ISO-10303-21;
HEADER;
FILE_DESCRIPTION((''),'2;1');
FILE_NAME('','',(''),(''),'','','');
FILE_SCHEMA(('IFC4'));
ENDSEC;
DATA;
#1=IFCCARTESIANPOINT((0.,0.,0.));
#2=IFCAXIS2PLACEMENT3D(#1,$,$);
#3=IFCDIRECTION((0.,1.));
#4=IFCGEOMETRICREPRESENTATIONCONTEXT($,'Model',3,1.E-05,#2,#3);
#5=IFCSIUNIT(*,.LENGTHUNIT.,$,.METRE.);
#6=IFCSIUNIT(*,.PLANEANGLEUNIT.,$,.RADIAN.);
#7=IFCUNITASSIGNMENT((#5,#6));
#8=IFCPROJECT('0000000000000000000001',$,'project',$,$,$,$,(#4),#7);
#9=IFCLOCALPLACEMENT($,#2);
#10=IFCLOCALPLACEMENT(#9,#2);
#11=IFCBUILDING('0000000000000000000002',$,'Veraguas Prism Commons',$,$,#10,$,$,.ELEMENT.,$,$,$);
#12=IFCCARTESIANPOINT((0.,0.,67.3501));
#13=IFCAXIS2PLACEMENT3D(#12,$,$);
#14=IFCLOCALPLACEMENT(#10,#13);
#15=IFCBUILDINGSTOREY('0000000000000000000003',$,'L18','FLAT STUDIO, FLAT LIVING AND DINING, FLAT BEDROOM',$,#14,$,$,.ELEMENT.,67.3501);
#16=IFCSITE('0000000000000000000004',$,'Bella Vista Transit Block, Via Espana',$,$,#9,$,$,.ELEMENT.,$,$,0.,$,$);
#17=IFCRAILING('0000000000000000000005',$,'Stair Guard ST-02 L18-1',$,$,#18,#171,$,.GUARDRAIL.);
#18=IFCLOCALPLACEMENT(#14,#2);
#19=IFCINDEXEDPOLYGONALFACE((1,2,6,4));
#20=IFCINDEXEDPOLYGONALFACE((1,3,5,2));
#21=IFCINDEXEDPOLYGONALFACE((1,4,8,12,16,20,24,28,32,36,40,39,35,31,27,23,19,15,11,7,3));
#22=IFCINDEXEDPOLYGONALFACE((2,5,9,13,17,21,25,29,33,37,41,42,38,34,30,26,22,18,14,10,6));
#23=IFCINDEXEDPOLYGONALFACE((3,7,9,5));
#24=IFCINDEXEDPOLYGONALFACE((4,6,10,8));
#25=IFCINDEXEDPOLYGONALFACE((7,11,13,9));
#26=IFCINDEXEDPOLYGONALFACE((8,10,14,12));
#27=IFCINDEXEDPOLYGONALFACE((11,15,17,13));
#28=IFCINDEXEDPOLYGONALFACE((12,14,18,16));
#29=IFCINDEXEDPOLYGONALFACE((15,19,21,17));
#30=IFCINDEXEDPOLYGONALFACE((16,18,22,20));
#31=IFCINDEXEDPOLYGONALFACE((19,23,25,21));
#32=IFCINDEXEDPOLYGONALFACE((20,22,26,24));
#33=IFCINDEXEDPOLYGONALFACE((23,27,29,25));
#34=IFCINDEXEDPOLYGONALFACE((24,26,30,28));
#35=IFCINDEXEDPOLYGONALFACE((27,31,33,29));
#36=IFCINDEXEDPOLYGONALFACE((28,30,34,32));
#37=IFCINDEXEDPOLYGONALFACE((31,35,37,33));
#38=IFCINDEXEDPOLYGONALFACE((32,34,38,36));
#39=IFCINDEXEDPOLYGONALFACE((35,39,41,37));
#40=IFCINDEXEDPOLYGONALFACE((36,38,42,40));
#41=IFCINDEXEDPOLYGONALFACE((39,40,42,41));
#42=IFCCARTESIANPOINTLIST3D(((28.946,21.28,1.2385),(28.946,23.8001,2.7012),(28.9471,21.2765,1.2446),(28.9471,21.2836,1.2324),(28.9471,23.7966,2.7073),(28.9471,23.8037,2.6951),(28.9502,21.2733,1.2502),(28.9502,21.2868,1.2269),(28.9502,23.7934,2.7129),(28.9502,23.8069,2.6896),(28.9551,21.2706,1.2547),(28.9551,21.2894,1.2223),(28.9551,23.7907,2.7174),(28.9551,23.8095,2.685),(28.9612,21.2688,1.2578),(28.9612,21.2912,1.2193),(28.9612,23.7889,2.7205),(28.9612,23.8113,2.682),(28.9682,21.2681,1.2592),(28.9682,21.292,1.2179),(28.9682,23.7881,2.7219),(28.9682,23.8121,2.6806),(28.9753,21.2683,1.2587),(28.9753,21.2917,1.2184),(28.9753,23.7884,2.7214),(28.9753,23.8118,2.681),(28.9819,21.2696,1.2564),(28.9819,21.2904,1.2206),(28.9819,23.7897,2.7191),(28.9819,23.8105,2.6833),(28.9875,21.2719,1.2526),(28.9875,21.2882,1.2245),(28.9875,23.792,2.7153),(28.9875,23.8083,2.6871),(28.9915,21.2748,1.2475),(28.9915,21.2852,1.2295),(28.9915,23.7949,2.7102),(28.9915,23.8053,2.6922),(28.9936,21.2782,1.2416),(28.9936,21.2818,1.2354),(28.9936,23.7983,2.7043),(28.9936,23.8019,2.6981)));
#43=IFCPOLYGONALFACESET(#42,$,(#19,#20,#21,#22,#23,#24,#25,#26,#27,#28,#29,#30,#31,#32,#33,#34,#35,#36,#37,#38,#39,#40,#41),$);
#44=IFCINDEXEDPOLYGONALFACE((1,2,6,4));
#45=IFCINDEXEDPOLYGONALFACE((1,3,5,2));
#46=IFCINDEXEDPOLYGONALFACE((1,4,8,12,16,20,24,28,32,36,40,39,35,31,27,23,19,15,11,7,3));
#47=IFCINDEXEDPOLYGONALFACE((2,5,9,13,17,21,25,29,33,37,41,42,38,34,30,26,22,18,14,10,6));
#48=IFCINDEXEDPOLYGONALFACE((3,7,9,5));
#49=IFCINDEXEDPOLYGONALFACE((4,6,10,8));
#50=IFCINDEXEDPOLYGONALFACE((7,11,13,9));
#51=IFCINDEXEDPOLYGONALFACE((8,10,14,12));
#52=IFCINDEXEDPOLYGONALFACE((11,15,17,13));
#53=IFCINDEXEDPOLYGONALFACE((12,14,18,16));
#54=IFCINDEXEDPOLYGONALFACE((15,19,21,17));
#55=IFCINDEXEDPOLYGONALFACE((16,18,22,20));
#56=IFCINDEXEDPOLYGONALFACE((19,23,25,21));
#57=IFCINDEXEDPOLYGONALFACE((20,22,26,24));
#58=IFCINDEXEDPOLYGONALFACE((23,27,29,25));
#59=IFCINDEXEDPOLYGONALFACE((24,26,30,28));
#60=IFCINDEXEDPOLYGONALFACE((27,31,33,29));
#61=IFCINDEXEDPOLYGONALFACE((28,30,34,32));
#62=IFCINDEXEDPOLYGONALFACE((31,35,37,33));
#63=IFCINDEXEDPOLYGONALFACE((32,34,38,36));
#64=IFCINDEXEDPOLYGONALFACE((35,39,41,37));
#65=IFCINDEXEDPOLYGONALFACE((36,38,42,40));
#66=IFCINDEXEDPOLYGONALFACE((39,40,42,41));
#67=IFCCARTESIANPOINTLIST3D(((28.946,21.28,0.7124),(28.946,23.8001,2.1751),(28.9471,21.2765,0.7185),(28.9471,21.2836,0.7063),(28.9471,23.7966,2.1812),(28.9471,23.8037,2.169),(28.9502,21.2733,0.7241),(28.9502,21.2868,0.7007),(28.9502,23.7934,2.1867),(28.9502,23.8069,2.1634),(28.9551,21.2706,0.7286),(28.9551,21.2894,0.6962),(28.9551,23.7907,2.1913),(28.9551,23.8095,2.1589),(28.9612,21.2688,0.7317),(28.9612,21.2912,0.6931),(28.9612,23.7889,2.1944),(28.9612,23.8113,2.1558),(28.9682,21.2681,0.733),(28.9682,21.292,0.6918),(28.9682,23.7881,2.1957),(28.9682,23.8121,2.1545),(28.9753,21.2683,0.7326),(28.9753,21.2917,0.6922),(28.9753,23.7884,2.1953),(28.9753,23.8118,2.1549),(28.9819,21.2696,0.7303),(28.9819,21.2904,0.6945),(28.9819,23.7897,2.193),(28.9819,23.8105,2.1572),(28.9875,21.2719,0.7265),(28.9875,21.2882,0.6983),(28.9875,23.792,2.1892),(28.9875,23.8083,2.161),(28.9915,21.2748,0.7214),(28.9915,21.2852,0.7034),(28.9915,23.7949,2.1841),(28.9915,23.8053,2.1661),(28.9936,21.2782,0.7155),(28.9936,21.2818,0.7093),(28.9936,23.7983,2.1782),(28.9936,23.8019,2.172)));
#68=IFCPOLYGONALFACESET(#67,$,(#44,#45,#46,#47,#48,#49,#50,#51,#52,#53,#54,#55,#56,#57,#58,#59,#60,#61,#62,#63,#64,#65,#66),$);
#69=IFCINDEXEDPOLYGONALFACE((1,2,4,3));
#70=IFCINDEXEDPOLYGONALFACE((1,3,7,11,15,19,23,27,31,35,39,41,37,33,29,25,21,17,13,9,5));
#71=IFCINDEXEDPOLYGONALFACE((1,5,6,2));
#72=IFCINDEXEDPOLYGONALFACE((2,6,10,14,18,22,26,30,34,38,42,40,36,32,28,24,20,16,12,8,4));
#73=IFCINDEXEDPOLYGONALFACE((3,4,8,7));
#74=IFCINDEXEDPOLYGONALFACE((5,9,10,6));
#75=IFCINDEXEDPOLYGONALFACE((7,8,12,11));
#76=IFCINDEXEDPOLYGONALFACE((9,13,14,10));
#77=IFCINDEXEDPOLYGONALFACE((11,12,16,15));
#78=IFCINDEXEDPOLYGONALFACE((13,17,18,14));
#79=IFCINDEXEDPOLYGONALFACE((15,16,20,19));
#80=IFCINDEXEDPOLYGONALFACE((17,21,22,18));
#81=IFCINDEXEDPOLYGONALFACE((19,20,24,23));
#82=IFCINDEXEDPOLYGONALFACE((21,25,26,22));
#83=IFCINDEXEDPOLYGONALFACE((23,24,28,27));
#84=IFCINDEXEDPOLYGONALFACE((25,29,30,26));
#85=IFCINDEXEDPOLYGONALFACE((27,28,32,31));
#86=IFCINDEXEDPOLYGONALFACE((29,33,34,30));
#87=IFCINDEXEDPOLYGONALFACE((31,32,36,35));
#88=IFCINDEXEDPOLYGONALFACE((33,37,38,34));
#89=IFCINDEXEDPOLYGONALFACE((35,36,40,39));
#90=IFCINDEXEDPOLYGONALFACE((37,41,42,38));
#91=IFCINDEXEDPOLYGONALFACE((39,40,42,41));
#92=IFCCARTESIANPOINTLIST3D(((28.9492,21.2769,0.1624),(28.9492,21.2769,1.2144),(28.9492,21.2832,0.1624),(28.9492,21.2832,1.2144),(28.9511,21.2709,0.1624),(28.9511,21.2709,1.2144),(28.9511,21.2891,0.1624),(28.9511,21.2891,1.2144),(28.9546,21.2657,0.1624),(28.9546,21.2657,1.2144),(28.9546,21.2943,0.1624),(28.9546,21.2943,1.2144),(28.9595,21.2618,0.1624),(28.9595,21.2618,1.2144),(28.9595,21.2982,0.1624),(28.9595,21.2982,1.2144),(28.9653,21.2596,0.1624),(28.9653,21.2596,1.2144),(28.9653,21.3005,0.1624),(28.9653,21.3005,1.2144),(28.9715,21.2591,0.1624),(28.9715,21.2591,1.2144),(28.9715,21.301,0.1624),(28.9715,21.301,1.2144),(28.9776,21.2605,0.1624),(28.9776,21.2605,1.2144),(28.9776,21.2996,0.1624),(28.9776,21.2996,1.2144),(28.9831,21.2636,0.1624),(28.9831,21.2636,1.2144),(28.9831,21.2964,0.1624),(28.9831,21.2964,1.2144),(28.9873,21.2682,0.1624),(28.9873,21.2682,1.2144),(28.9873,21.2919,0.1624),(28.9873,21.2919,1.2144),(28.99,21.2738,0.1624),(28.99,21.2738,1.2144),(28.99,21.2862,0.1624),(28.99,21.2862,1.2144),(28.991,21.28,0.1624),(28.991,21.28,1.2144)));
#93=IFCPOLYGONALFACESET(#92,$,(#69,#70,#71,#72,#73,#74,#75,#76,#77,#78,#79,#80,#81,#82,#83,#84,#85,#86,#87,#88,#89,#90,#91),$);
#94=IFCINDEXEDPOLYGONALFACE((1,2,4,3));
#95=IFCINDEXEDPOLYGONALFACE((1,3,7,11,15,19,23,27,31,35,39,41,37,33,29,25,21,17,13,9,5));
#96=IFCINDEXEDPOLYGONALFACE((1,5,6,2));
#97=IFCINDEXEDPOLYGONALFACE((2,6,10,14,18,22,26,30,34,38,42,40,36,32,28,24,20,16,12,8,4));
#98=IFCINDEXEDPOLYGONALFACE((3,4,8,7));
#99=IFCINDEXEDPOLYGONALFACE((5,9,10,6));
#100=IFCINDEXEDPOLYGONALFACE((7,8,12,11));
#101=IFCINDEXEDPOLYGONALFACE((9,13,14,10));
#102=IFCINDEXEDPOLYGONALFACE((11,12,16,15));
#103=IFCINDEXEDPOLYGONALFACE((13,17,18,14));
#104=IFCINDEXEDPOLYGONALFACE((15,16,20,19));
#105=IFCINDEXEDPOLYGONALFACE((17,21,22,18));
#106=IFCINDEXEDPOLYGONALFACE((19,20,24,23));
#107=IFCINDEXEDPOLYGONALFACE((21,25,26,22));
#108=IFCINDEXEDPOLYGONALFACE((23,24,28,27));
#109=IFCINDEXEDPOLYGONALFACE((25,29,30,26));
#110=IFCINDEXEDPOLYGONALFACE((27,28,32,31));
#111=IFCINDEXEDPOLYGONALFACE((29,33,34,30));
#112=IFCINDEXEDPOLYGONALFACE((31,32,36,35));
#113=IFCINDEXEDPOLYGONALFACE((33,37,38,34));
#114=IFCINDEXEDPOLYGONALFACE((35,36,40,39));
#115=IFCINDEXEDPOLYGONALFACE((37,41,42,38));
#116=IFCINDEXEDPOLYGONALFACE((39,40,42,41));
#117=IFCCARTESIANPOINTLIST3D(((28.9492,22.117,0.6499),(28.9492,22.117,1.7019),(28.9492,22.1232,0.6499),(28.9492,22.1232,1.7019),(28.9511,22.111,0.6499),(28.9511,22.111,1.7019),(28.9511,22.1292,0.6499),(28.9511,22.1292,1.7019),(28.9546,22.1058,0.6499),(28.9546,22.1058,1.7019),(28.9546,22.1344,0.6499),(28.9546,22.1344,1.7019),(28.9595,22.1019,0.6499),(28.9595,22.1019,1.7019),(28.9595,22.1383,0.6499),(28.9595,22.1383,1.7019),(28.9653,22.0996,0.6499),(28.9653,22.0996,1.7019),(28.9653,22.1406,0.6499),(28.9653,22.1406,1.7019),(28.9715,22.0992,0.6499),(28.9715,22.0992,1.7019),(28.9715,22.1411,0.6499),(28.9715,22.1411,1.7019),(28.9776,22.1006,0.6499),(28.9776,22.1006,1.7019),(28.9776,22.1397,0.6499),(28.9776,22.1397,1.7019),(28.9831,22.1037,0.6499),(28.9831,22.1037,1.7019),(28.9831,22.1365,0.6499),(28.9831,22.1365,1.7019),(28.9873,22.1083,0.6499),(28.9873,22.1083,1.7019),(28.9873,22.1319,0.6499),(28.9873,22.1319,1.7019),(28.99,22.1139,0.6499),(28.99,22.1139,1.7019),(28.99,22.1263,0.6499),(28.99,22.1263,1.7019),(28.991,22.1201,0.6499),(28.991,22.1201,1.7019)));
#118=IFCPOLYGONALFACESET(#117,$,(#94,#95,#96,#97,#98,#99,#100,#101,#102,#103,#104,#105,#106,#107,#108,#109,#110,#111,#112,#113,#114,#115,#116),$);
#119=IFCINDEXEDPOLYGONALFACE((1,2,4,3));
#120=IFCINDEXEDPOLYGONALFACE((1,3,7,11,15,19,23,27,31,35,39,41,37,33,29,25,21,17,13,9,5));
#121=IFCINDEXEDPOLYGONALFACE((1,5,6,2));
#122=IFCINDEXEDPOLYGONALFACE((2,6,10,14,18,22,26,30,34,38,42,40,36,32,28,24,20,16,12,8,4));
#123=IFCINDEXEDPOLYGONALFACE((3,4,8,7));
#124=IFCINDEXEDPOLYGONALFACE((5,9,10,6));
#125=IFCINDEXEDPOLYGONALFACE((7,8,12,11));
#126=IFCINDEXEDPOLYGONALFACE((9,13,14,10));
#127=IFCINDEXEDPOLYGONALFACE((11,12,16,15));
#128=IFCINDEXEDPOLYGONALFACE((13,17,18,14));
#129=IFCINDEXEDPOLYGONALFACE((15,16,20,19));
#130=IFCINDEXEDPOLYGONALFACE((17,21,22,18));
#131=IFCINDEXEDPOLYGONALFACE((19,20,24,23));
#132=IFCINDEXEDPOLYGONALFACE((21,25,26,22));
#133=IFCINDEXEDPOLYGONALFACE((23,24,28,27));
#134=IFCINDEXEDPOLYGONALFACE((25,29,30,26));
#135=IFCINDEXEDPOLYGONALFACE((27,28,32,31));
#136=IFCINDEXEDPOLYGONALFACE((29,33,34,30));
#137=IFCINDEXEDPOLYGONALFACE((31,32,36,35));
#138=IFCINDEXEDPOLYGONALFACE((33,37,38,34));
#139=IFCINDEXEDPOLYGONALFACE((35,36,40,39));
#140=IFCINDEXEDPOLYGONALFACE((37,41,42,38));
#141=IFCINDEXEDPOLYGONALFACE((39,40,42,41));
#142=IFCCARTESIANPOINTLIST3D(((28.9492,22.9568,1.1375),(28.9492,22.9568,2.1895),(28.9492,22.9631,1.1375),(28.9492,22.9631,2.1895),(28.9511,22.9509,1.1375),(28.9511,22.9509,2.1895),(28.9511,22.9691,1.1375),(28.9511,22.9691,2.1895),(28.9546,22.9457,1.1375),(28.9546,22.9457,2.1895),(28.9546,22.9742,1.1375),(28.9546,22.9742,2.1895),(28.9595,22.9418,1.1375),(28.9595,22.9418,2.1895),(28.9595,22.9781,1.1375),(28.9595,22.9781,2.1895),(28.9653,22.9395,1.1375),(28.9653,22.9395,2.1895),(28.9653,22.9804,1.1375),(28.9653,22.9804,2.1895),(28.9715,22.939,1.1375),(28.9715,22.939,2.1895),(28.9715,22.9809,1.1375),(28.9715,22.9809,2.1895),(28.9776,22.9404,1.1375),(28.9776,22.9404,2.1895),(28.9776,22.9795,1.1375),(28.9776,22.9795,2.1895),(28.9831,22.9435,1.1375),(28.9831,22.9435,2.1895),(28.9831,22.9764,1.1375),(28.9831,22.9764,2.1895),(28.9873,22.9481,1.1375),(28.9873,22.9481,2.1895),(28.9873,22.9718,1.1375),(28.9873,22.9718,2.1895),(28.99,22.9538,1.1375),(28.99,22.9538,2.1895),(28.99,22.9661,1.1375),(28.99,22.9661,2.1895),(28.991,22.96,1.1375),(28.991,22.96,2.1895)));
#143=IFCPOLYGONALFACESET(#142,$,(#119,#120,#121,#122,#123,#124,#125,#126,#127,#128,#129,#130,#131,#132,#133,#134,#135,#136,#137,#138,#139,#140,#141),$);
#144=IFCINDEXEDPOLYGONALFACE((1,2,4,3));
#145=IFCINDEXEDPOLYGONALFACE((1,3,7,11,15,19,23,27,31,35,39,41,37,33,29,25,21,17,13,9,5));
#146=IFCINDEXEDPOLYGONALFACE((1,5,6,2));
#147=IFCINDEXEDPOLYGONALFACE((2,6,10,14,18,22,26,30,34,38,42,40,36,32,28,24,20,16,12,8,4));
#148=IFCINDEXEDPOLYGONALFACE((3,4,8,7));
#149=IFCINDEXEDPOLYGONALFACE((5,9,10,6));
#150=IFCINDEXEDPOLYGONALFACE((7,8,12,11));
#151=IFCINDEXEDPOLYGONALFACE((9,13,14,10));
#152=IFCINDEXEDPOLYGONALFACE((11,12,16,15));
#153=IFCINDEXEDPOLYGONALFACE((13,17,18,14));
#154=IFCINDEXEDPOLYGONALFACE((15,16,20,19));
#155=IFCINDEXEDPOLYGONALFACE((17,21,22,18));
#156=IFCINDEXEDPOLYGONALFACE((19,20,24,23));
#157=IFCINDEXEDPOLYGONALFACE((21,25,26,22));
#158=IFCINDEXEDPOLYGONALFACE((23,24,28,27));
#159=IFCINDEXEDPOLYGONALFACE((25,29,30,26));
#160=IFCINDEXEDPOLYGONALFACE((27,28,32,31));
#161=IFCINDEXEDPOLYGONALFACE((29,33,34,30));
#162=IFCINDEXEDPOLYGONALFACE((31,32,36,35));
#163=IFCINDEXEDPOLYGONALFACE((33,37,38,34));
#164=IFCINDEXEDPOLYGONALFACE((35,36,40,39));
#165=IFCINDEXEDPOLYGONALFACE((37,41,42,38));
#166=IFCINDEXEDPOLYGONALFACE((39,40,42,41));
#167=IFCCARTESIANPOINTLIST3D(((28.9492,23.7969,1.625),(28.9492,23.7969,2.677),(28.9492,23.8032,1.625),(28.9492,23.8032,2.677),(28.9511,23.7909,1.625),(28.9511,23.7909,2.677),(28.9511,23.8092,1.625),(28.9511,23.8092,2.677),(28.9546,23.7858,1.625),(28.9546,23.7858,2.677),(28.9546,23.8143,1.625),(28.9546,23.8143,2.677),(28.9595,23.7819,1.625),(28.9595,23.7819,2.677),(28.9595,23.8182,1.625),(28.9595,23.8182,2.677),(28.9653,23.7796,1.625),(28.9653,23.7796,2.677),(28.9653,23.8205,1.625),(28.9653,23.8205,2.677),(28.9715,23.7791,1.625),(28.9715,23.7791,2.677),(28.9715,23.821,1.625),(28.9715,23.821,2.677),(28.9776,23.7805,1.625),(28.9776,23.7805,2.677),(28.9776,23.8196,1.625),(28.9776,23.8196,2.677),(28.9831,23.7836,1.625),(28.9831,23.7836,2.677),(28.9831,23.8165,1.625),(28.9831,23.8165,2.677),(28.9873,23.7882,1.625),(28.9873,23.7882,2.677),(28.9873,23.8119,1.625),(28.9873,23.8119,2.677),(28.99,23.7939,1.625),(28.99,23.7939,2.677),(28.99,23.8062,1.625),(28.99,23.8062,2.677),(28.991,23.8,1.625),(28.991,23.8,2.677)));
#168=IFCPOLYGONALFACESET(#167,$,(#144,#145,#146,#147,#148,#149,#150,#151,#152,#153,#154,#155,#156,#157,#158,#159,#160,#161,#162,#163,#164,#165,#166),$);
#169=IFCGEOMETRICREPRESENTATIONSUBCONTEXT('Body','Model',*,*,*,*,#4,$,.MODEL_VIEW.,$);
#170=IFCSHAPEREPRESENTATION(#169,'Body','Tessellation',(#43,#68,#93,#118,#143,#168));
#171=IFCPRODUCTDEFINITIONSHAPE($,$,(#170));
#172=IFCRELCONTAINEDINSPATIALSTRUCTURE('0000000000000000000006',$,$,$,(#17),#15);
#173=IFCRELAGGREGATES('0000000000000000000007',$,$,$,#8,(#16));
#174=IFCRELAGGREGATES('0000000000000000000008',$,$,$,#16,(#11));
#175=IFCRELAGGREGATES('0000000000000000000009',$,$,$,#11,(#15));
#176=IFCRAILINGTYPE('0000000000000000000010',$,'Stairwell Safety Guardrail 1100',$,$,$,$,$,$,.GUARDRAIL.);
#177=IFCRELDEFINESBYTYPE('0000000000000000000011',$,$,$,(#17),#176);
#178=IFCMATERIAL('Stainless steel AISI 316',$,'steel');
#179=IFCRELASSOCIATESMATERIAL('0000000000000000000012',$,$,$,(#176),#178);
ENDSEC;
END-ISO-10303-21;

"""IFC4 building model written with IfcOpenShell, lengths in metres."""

from ifc_helpers import new_model, si_unit, direction, frame, origin, origin_2d, place, context, subcontext, project, spatial, circle, extrude, material, type_object, element, save


model = new_model("IFC4")

# Units and contexts
model_context = context("Model", 3, precision=1e-05, world=origin(), true_north=direction((0.0, 1.0)))
body_context = subcontext(model_context, "Body", "Model", "MODEL_VIEW")
ifc_project = project(units=[si_unit("LENGTHUNIT", "METRE"), si_unit("PLANEANGLEUNIT", "RADIAN")], contexts=[model_context])

# Site, building, storey
site_placement = place(None, origin())
site = spatial("IfcSite", under=ifc_project, at=site_placement, Name="Bella Vista Transit Block, Via Espana", CompositionType="ELEMENT", RefElevation=0.0)
building_placement = place(site_placement, origin())
building = spatial("IfcBuilding", under=site, at=building_placement, Name="Veraguas Prism Commons", CompositionType="ELEMENT")
storey_placement = place(building_placement, frame((0.0, 0.0, 67.3501)))
storey = spatial("IfcBuildingStorey", under=building, at=storey_placement, Name="L18", Description="FLAT STUDIO, FLAT LIVING AND DINING, FLAT BEDROOM", CompositionType="ELEMENT", Elevation=67.3501)

# Shared definitions
ifc_material_1 = material(Name="Stainless steel AISI 316", Category="steel")

# Railing
railing_type_1 = type_object("IfcRailingType", Name="Stairwell Safety Guardrail 1100", PredefinedType="GUARDRAIL", material=ifc_material_1)
railing_1_placement = place(storey_placement, frame((28.97, 21.28, 0.1624)))
element("IfcRailing", 1, at=railing_1_placement, inside=storey, type_object=railing_type_1, Name="Stair Guard ST-02 L18-1", PredefinedType="GUARDRAIL", context=body_context, shape_type="SweptSolid", body=[
    extrude(circle(Radius=0.0239, at=origin_2d()), frame((0.0, 0.0, 1.0762), z_axis=(0.0, 0.864877, 0.501984), x_axis=(-1.0, 0.0, 0.0)), (0.0, 0.0, 1.0), 2.9138),
    extrude(circle(Radius=0.0239, at=origin_2d()), frame((0.0, 0.0, 0.55), z_axis=(0.0, 0.864877, 0.501984), x_axis=(-1.0, 0.0, 0.0)), (0.0, 0.0, 1.0), 2.9138),
    extrude(circle(Radius=0.021, at=origin_2d()), origin(), (0.0, 0.0, 1.0), 1.052),
    extrude(circle(Radius=0.021, at=origin_2d()), frame((0.0, 0.8401, 0.4875)), (0.0, 0.0, 1.0), 1.052),
    extrude(circle(Radius=0.021, at=origin_2d()), frame((0.0, 1.6799, 0.9751)), (0.0, 0.0, 1.0), 1.052),
    extrude(circle(Radius=0.021, at=origin_2d()), frame((0.0, 2.52, 1.4626)), (0.0, 0.0, 1.0), 1.052),
])

save(model, "model.ifc")
